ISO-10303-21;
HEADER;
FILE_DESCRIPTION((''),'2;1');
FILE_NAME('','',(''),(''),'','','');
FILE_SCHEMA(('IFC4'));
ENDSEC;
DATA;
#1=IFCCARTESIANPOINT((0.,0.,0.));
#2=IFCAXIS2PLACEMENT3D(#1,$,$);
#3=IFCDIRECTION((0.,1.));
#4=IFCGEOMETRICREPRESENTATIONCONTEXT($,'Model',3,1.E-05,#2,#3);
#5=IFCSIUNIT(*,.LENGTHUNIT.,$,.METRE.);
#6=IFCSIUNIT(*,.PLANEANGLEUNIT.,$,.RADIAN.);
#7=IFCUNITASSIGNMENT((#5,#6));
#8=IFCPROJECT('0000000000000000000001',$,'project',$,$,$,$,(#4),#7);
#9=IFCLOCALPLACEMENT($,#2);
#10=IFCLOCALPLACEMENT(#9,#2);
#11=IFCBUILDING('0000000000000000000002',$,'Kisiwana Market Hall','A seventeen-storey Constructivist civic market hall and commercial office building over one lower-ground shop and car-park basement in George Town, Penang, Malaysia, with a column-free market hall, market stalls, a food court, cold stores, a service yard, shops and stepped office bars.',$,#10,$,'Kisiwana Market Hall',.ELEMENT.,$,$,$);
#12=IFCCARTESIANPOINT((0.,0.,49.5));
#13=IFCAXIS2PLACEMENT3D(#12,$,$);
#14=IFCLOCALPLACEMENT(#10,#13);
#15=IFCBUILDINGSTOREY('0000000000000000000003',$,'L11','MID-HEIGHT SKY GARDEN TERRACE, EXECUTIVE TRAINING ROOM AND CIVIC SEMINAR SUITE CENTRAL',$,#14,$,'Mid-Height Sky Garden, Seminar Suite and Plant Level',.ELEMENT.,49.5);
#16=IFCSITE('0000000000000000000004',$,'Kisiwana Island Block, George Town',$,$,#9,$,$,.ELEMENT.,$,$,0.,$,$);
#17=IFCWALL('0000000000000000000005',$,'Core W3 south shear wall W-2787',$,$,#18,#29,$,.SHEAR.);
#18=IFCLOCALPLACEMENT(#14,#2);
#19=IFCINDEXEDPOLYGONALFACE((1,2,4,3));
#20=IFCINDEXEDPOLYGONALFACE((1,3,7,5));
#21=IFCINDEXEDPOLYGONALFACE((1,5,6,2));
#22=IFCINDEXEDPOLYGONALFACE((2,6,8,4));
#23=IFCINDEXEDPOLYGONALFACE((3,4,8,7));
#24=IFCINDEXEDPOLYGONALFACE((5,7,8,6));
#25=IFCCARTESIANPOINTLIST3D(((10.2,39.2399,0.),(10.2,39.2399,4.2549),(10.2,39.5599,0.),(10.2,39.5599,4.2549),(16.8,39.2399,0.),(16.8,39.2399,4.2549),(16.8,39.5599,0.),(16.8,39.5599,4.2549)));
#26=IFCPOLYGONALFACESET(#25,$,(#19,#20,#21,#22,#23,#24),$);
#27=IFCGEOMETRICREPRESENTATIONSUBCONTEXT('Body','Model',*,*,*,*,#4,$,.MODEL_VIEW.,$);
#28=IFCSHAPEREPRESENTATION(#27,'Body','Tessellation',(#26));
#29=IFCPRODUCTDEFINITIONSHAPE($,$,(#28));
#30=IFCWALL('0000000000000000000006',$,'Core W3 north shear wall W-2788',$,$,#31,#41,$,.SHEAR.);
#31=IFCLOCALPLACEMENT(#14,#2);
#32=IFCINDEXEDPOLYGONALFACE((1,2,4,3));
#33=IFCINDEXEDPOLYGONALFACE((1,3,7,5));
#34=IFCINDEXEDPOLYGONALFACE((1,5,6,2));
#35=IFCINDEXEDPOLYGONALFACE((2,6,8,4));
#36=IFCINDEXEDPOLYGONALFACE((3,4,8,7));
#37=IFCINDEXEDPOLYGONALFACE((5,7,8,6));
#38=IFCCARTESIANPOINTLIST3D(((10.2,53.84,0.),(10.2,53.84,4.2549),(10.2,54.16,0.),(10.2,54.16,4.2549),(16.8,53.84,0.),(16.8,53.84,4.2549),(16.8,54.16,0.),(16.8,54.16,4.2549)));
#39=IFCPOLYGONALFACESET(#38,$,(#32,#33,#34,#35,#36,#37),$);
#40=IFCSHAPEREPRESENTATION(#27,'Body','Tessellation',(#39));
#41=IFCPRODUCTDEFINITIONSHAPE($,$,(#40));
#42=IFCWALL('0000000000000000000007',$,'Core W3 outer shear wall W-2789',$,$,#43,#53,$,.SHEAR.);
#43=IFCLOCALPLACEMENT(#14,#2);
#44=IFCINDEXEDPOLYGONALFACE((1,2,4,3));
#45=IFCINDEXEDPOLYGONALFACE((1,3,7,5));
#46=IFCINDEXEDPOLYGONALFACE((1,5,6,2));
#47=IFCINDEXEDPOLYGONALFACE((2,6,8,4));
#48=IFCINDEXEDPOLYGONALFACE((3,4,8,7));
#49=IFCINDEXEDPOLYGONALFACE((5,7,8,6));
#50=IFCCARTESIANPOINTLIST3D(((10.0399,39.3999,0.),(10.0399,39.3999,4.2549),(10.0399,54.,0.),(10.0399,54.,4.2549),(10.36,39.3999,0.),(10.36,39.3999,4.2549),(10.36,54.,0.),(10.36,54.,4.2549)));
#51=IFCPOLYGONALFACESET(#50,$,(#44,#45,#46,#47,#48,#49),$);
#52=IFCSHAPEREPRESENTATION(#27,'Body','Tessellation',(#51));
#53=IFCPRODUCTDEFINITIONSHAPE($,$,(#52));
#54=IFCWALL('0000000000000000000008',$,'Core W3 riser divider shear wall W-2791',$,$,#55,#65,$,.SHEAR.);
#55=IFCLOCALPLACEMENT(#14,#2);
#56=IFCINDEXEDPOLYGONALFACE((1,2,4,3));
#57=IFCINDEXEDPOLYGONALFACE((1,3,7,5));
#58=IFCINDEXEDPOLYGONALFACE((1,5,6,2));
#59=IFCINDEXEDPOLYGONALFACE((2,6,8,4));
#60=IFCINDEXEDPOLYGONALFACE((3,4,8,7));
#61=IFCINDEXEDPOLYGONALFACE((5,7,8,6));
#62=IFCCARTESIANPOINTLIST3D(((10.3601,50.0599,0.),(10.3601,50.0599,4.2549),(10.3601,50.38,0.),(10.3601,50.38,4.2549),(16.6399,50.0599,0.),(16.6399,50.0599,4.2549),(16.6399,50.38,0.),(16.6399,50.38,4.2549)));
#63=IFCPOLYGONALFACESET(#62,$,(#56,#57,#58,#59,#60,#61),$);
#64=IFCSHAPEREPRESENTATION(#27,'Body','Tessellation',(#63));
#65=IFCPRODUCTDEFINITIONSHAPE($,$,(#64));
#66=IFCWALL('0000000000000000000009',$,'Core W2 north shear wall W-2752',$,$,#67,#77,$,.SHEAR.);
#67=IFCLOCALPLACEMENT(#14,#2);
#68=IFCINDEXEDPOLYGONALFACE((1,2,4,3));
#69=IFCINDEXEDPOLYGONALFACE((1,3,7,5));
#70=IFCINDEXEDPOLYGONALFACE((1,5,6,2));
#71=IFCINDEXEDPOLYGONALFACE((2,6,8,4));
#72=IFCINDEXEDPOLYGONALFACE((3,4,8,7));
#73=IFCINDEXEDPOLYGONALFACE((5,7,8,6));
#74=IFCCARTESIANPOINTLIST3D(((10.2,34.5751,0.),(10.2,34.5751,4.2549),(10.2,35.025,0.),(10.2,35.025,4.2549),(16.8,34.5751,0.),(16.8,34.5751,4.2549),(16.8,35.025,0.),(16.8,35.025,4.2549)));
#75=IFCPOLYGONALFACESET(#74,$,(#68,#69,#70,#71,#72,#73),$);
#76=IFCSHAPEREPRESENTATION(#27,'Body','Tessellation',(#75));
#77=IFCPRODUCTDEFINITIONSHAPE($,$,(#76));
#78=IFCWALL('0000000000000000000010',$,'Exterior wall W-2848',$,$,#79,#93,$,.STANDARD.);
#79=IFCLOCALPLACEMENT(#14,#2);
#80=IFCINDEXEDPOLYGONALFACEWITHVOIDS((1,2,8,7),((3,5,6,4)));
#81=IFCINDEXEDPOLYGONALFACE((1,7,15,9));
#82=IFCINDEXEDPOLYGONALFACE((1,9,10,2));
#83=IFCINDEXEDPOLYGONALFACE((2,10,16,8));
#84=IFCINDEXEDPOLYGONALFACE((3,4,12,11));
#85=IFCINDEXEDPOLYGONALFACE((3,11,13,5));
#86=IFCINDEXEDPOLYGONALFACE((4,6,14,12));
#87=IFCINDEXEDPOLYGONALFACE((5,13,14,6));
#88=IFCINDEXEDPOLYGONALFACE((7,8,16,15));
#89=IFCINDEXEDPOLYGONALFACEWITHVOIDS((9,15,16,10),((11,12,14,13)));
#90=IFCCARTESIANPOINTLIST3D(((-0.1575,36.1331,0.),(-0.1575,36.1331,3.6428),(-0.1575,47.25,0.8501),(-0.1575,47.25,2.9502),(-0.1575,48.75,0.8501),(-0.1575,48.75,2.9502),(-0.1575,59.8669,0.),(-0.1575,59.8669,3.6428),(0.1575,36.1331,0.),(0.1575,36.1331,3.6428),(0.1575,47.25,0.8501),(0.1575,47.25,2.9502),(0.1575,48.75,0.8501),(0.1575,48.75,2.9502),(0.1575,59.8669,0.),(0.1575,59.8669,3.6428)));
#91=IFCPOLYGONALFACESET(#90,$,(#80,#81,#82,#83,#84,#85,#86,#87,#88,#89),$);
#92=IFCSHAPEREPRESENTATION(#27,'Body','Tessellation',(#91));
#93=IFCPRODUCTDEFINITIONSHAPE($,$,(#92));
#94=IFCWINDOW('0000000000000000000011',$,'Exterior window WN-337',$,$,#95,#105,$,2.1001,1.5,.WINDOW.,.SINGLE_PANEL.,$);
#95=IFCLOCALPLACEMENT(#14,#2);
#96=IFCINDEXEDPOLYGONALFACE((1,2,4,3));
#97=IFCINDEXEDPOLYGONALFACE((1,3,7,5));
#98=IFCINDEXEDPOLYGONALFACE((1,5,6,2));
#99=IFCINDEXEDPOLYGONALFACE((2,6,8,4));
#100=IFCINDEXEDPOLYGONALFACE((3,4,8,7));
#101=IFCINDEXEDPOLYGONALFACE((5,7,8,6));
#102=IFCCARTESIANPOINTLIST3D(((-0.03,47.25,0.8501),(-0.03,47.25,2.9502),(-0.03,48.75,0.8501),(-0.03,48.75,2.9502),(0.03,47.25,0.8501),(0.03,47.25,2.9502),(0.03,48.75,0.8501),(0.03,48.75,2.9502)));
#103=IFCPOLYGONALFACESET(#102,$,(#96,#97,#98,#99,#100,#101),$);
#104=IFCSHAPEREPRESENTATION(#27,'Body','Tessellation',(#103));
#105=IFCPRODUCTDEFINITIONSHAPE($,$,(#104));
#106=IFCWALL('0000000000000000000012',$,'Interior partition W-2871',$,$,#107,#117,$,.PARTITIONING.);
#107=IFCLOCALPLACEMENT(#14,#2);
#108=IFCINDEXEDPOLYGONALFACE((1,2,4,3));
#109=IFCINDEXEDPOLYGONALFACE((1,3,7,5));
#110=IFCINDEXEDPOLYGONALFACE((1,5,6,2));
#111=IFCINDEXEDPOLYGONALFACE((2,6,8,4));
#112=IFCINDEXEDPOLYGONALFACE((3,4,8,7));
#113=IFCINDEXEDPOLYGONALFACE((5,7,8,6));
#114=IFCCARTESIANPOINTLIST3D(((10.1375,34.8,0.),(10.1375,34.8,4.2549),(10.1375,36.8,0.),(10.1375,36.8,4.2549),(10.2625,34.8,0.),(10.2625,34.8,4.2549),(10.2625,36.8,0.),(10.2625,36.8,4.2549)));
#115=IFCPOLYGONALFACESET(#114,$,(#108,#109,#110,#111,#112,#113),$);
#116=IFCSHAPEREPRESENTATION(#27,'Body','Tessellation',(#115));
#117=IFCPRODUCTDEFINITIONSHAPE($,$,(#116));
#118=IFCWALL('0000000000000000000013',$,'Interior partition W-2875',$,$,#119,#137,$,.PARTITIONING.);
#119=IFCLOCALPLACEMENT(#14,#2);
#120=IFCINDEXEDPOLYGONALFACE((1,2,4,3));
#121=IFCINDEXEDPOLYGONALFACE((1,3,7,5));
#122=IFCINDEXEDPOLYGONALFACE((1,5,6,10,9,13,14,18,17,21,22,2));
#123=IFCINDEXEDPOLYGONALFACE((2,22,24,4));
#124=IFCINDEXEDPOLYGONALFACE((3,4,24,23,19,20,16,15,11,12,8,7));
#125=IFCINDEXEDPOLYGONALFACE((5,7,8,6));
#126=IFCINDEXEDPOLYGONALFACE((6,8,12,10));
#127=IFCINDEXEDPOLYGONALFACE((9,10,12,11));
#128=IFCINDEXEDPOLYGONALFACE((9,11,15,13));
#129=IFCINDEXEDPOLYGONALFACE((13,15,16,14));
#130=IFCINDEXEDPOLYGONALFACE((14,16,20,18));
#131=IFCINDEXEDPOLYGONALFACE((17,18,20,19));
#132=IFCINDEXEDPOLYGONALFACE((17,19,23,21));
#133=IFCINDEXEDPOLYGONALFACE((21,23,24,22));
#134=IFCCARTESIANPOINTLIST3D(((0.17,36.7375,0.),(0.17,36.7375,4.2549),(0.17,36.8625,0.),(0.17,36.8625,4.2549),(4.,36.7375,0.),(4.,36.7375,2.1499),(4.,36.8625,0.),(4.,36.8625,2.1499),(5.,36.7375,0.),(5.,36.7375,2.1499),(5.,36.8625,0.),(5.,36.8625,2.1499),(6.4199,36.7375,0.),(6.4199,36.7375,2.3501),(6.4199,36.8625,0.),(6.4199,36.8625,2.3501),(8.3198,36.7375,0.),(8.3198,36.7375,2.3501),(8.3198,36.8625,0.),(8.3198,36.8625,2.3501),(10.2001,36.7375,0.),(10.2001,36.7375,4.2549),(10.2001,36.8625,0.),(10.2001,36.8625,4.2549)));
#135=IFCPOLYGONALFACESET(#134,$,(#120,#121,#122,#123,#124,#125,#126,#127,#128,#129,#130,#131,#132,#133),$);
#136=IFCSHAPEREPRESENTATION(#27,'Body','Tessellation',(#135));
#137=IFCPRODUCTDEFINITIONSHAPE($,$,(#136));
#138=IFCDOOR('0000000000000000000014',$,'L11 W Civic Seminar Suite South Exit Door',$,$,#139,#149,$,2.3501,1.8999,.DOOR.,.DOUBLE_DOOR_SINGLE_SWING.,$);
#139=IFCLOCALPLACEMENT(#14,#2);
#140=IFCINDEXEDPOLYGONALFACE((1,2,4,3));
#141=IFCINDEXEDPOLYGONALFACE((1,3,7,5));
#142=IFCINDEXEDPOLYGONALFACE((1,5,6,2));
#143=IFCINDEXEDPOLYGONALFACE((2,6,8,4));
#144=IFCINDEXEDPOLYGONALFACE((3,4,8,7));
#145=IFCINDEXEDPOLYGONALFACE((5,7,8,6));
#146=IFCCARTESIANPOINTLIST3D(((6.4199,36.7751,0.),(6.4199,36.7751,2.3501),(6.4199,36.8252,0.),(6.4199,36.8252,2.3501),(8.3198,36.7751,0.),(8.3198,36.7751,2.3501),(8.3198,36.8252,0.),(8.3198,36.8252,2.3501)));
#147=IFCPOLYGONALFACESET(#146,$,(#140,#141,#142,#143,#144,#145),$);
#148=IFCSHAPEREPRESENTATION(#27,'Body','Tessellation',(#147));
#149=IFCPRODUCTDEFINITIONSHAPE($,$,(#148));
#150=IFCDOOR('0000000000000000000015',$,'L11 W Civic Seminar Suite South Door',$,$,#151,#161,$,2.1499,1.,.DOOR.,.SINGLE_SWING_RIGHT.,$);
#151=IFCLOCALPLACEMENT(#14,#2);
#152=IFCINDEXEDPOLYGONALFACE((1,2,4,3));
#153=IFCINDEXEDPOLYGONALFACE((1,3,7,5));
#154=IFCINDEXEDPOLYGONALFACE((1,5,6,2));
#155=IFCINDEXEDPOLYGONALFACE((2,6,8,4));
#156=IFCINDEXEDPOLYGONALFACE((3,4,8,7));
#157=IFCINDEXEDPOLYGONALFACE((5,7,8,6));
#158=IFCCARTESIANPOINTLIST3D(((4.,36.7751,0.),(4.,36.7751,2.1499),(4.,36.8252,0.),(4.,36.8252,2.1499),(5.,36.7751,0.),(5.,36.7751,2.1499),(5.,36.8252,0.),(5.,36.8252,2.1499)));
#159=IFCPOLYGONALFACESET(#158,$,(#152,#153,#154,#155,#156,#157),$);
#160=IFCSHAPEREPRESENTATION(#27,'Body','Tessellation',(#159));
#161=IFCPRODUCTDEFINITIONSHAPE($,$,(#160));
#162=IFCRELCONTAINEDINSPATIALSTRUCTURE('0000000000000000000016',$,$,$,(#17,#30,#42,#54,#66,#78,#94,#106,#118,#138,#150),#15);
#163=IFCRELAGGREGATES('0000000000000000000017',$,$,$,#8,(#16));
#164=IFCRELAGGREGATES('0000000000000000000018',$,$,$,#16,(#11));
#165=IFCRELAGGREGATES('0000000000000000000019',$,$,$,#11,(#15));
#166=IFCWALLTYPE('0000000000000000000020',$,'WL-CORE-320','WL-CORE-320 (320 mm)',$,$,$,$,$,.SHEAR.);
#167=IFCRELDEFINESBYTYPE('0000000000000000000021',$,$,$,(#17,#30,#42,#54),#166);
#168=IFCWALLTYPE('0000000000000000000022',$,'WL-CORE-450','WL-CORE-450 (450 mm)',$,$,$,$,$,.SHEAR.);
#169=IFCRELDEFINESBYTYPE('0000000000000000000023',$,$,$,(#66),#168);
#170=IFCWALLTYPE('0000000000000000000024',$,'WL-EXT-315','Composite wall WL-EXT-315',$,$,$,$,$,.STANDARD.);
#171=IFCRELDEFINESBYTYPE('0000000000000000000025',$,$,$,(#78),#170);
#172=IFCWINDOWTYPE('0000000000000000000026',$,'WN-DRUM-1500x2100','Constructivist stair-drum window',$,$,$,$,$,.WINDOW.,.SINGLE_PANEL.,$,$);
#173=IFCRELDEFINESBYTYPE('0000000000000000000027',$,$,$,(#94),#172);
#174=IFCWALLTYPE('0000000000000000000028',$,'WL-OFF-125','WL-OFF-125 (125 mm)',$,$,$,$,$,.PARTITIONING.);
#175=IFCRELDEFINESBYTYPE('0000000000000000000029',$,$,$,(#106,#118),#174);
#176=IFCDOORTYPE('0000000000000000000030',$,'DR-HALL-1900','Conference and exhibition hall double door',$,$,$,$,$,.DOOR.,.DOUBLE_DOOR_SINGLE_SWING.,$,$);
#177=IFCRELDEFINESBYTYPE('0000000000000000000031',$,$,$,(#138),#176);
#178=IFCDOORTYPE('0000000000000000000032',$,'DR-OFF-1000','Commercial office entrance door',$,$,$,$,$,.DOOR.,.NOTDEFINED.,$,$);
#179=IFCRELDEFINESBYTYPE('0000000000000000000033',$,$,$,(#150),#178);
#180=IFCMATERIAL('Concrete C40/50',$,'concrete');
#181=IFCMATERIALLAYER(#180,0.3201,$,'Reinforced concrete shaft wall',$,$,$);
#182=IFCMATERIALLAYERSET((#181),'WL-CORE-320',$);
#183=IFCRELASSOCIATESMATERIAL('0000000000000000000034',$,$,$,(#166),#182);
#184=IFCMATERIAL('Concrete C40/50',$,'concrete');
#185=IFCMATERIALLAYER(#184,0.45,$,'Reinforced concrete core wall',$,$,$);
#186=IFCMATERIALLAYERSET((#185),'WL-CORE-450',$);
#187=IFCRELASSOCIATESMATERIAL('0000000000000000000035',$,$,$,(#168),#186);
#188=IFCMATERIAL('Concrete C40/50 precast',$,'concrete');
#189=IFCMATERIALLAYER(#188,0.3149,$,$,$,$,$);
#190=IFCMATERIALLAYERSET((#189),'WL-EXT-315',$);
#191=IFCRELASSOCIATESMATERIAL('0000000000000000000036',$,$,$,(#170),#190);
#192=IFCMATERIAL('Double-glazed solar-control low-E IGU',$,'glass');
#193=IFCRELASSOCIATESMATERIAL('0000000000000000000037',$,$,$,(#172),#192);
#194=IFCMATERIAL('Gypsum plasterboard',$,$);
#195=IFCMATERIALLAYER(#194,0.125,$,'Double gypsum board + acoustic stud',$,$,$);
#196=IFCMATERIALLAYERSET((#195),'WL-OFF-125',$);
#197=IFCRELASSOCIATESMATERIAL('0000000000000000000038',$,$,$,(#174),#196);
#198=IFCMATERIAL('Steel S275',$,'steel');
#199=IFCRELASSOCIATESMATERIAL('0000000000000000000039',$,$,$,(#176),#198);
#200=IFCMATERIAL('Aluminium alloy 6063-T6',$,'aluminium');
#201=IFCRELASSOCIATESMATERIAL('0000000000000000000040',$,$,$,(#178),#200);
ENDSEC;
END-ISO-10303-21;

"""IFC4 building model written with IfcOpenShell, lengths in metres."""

from ifc_helpers import new_model, si_unit, direction, frame, frame_2d, origin, place, context, subcontext, project, spatial, rectangle, extrude, material, layer, layer_set, type_object, element, fill, save


model = new_model("IFC4")

# Units and contexts
model_context = context("Model", 3, precision=1e-05, world=origin(), true_north=direction((0.0, 1.0)))
body_context = subcontext(model_context, "Body", "Model", "MODEL_VIEW")
ifc_project = project(units=[si_unit("LENGTHUNIT", "METRE"), si_unit("PLANEANGLEUNIT", "RADIAN")], contexts=[model_context])

# Site, building, storey
site_placement = place(None, origin())
site = spatial("IfcSite", under=ifc_project, at=site_placement, Name="Kisiwana Island Block, George Town", CompositionType="ELEMENT", RefElevation=0.0)
building_placement = place(site_placement, origin())
building = spatial("IfcBuilding", under=site, at=building_placement, Name="Kisiwana Market Hall", Description="A seventeen-storey Constructivist civic market hall and commercial office building over one lower-ground shop and car-park basement in George Town, Penang, Malaysia, with a column-free market hall, market stalls, a food court, cold stores, a service yard, shops and stepped office bars.", LongName="Kisiwana Market Hall", CompositionType="ELEMENT")
storey_placement = place(building_placement, frame((0.0, 0.0, 49.5)))
storey = spatial("IfcBuildingStorey", under=building, at=storey_placement, Name="L11", Description="MID-HEIGHT SKY GARDEN TERRACE, EXECUTIVE TRAINING ROOM AND CIVIC SEMINAR SUITE CENTRAL", LongName="Mid-Height Sky Garden, Seminar Suite and Plant Level", CompositionType="ELEMENT", Elevation=49.5)

# Shared definitions
ifc_material_1 = material(Name="Concrete C40/50", Category="concrete")
ifc_layer_1 = layer(ifc_material_1, 0.3201, Name="Reinforced concrete shaft wall")
ifc_layer_set_1 = layer_set([ifc_layer_1], Name="WL-CORE-320")
wall_type_1 = type_object("IfcWallType", Name="WL-CORE-320", Description="WL-CORE-320 (320 mm)", PredefinedType="SHEAR", material=ifc_layer_set_1)

# Walls
for number, where, z_axis, x_axis, name in (
    (1, (10.2, 39.3999, 0.0), (0.0, 0.0, 1.0), (1.0, 0.0, 0.0), "Core W3 south shear wall W-2787"),
    (2, (10.2, 54.0, 0.0), (0.0, 0.0, 1.0), (1.0, 0.0, 0.0), "Core W3 north shear wall W-2788"),
):
    element("IfcWall", number, at=place(storey_placement, frame(where, z_axis=z_axis, x_axis=x_axis)), inside=storey, type_object=wall_type_1, Name=name, PredefinedType="SHEAR", context=body_context, shape_type="SweptSolid", body=[
        extrude(rectangle(XDim=6.6001, YDim=0.3201, at=frame_2d((3.3, 0.0))), origin(), (0.0, 0.0, 1.0), 4.2549),
    ])
wall_1_placement = place(storey_placement, frame((10.2, 39.3999, 0.0), z_axis=(0.0, 0.0, 1.0), x_axis=(0.0, 1.0, 0.0)))
element("IfcWall", 3, at=wall_1_placement, inside=storey, type_object=wall_type_1, Name="Core W3 outer shear wall W-2789", PredefinedType="SHEAR", context=body_context, shape_type="SweptSolid", body=[
    extrude(rectangle(XDim=14.6001, YDim=0.3201, at=frame_2d((7.3, 0.0))), origin(), (0.0, 0.0, 1.0), 4.2549),
])
wall_2_placement = place(storey_placement, frame((10.3601, 50.22, 0.0), z_axis=(0.0, 0.0, 1.0), x_axis=(1.0, 0.0, 0.0)))
element("IfcWall", 4, at=wall_2_placement, inside=storey, type_object=wall_type_1, Name="Core W3 riser divider shear wall W-2791", PredefinedType="SHEAR", context=body_context, shape_type="SweptSolid", body=[
    extrude(rectangle(XDim=6.2798, YDim=0.3201, at=frame_2d((3.1399, 0.0))), origin(), (0.0, 0.0, 1.0), 4.2549),
])
ifc_material_2 = material(Name="Concrete C40/50", Category="concrete")
ifc_layer_2 = layer(ifc_material_2, 0.45, Name="Reinforced concrete core wall")
ifc_layer_set_2 = layer_set([ifc_layer_2], Name="WL-CORE-450")
wall_type_2 = type_object("IfcWallType", Name="WL-CORE-450", Description="WL-CORE-450 (450 mm)", PredefinedType="SHEAR", material=ifc_layer_set_2)
wall_3_placement = place(storey_placement, frame((10.2, 34.8, 0.0), z_axis=(0.0, 0.0, 1.0), x_axis=(1.0, 0.0, 0.0)))
element("IfcWall", 5, at=wall_3_placement, inside=storey, type_object=wall_type_2, Name="Core W2 north shear wall W-2752", PredefinedType="SHEAR", context=body_context, shape_type="SweptSolid", body=[
    extrude(rectangle(XDim=6.6001, YDim=0.45, at=frame_2d((3.3, 0.0))), origin(), (0.0, 0.0, 1.0), 4.2549),
])

# Wall, opening, window
ifc_material_3 = material(Name="Concrete C40/50 precast", Category="concrete")
ifc_layer_3 = layer(ifc_material_3, 0.3149)
ifc_layer_set_3 = layer_set([ifc_layer_3], Name="WL-EXT-315")
wall_type_3 = type_object("IfcWallType", Name="WL-EXT-315", Description="Composite wall WL-EXT-315", PredefinedType="STANDARD", material=ifc_layer_set_3)
wall_4_placement = place(storey_placement, frame((0.0, 36.1331, 0.0), z_axis=(0.0, 0.0, 1.0), x_axis=(0.0, 1.0, 0.0)))
wall_4 = element("IfcWall", 6, at=wall_4_placement, inside=storey, type_object=wall_type_3, Name="Exterior wall W-2848", PredefinedType="STANDARD", context=body_context, shape_type="SweptSolid", body=[
    extrude(rectangle(XDim=23.7339, YDim=0.3149, at=frame_2d((11.8669, 0.0))), origin(), (0.0, 0.0, 1.0), 3.6428),
])
opening_1_placement = place(wall_4_placement, frame((11.1169, 0.0, 0.8501)))
opening_1 = element("IfcOpeningElement", 7, at=opening_1_placement, cuts=wall_4, PredefinedType="OPENING", context=body_context, shape_type="SweptSolid", body=[
    extrude(rectangle(XDim=1.5, YDim=2.1001, at=frame_2d((0.75, 1.05))), frame((0.0, 0.1694, 0.0), z_axis=(0.0, -1.0, 0.0), x_axis=(1.0, 0.0, 0.0)), (0.0, 0.0, 1.0), 0.3389),
])
ifc_material_4 = material(Name="Double-glazed solar-control low-E IGU", Category="glass")
window_type = type_object("IfcWindowType", Name="WN-DRUM-1500x2100", Description="Constructivist stair-drum window", PartitioningType="SINGLE_PANEL", PredefinedType="WINDOW", material=ifc_material_4)
window_placement = place(opening_1_placement, origin())
window = element("IfcWindow", 8, at=window_placement, inside=storey, type_object=window_type, Name="Exterior window WN-337", OverallHeight=2.1001, OverallWidth=1.5, PartitioningType="SINGLE_PANEL", PredefinedType="WINDOW", context=body_context, shape_type="SweptSolid", body=[
    extrude(rectangle(XDim=1.5, YDim=2.1001, at=frame_2d((0.75, 1.05))), frame((0.0, 0.03, 0.0), z_axis=(0.0, -1.0, 0.0), x_axis=(1.0, 0.0, 0.0)), (0.0, 0.0, 1.0), 0.0601),
])
fill(opening_1, window)

# Wall
ifc_material_5 = material(Name="Gypsum plasterboard")
ifc_layer_4 = layer(ifc_material_5, 0.125, Name="Double gypsum board + acoustic stud")
ifc_layer_set_4 = layer_set([ifc_layer_4], Name="WL-OFF-125")
wall_type_4 = type_object("IfcWallType", Name="WL-OFF-125", Description="WL-OFF-125 (125 mm)", PredefinedType="PARTITIONING", material=ifc_layer_set_4)
wall_5_placement = place(storey_placement, frame((10.2, 34.8, 0.0), z_axis=(0.0, 0.0, 1.0), x_axis=(0.0, 1.0, 0.0)))
element("IfcWall", 9, at=wall_5_placement, inside=storey, type_object=wall_type_4, Name="Interior partition W-2871", PredefinedType="PARTITIONING", context=body_context, shape_type="SweptSolid", body=[
    extrude(rectangle(XDim=2.0, YDim=0.125, at=frame_2d((1.0, 0.0))), origin(), (0.0, 0.0, 1.0), 4.2549),
])

# Wall, openings, doors
wall_6_placement = place(storey_placement, frame((0.1699, 36.8, 0.0), z_axis=(0.0, 0.0, 1.0), x_axis=(1.0, 0.0, 0.0)))
wall_6 = element("IfcWall", 10, at=wall_6_placement, inside=storey, type_object=wall_type_4, Name="Interior partition W-2875", PredefinedType="PARTITIONING", context=body_context, shape_type="SweptSolid", body=[
    extrude(rectangle(XDim=10.03, YDim=0.125, at=frame_2d((5.0151, 0.0))), origin(), (0.0, 0.0, 1.0), 4.2549),
])
opening_2_placement = place(wall_6_placement, frame((3.8301, 0.0, 0.0)))
opening_2 = element("IfcOpeningElement", 11, at=opening_2_placement, cuts=wall_6, PredefinedType="OPENING", context=body_context, shape_type="SweptSolid", body=[
    extrude(rectangle(XDim=1.0, YDim=2.1499, at=frame_2d((0.5, 1.075))), frame((0.0, 0.0745, 0.0), z_axis=(0.0, -1.0, 0.0), x_axis=(1.0, 0.0, 0.0)), (0.0, 0.0, 1.0), 0.1489),
])
opening_3_placement = place(wall_6_placement, frame((6.25, 0.0, 0.0)))
opening_3 = element("IfcOpeningElement", 12, at=opening_3_placement, cuts=wall_6, PredefinedType="OPENING", context=body_context, shape_type="SweptSolid", body=[
    extrude(rectangle(XDim=1.8999, YDim=2.3501, at=frame_2d((0.95, 1.175))), frame((0.0, 0.0745, 0.0), z_axis=(0.0, -1.0, 0.0), x_axis=(1.0, 0.0, 0.0)), (0.0, 0.0, 1.0), 0.1489),
])
ifc_material_6 = material(Name="Steel S275", Category="steel")
door_type_1 = type_object("IfcDoorType", Name="DR-HALL-1900", Description="Conference and exhibition hall double door", OperationType="DOUBLE_DOOR_SINGLE_SWING", PredefinedType="DOOR", material=ifc_material_6)
door_1_placement = place(opening_3_placement, frame((1.8999, 0.0, 0.0), z_axis=(0.0, 0.0, 1.0), x_axis=(-1.0, 0.0, 0.0)))
door_1 = element("IfcDoor", 13, at=door_1_placement, inside=storey, type_object=door_type_1, Name="L11 W Civic Seminar Suite South Exit Door", OperationType="DOUBLE_DOOR_SINGLE_SWING", OverallHeight=2.3501, OverallWidth=1.8999, PredefinedType="DOOR", context=body_context, shape_type="SweptSolid", body=[
    extrude(rectangle(XDim=1.8999, YDim=2.3501, at=frame_2d((0.95, 1.175))), frame((0.0, 0.0249, 0.0), z_axis=(0.0, -1.0, 0.0), x_axis=(1.0, 0.0, 0.0)), (0.0, 0.0, 1.0), 0.05),
])
fill(opening_3, door_1)
ifc_material_7 = material(Name="Aluminium alloy 6063-T6", Category="aluminium")
door_type_2 = type_object("IfcDoorType", Name="DR-OFF-1000", Description="Commercial office entrance door", OperationType="NOTDEFINED", PredefinedType="DOOR", material=ifc_material_7)
door_2_placement = place(opening_2_placement, frame((1.0, 0.0, 0.0), z_axis=(0.0, 0.0, 1.0), x_axis=(-1.0, 0.0, 0.0)))
door_2 = element("IfcDoor", 14, at=door_2_placement, inside=storey, type_object=door_type_2, Name="L11 W Civic Seminar Suite South Door", OperationType="SINGLE_SWING_RIGHT", OverallHeight=2.1499, OverallWidth=1.0, PredefinedType="DOOR", context=body_context, shape_type="SweptSolid", body=[
    extrude(rectangle(XDim=1.0, YDim=2.1499, at=frame_2d((0.5, 1.075))), frame((0.0, 0.0249, 0.0), z_axis=(0.0, -1.0, 0.0), x_axis=(1.0, 0.0, 0.0)), (0.0, 0.0, 1.0), 0.05),
])
fill(opening_2, door_2)

save(model, "model.ifc")
